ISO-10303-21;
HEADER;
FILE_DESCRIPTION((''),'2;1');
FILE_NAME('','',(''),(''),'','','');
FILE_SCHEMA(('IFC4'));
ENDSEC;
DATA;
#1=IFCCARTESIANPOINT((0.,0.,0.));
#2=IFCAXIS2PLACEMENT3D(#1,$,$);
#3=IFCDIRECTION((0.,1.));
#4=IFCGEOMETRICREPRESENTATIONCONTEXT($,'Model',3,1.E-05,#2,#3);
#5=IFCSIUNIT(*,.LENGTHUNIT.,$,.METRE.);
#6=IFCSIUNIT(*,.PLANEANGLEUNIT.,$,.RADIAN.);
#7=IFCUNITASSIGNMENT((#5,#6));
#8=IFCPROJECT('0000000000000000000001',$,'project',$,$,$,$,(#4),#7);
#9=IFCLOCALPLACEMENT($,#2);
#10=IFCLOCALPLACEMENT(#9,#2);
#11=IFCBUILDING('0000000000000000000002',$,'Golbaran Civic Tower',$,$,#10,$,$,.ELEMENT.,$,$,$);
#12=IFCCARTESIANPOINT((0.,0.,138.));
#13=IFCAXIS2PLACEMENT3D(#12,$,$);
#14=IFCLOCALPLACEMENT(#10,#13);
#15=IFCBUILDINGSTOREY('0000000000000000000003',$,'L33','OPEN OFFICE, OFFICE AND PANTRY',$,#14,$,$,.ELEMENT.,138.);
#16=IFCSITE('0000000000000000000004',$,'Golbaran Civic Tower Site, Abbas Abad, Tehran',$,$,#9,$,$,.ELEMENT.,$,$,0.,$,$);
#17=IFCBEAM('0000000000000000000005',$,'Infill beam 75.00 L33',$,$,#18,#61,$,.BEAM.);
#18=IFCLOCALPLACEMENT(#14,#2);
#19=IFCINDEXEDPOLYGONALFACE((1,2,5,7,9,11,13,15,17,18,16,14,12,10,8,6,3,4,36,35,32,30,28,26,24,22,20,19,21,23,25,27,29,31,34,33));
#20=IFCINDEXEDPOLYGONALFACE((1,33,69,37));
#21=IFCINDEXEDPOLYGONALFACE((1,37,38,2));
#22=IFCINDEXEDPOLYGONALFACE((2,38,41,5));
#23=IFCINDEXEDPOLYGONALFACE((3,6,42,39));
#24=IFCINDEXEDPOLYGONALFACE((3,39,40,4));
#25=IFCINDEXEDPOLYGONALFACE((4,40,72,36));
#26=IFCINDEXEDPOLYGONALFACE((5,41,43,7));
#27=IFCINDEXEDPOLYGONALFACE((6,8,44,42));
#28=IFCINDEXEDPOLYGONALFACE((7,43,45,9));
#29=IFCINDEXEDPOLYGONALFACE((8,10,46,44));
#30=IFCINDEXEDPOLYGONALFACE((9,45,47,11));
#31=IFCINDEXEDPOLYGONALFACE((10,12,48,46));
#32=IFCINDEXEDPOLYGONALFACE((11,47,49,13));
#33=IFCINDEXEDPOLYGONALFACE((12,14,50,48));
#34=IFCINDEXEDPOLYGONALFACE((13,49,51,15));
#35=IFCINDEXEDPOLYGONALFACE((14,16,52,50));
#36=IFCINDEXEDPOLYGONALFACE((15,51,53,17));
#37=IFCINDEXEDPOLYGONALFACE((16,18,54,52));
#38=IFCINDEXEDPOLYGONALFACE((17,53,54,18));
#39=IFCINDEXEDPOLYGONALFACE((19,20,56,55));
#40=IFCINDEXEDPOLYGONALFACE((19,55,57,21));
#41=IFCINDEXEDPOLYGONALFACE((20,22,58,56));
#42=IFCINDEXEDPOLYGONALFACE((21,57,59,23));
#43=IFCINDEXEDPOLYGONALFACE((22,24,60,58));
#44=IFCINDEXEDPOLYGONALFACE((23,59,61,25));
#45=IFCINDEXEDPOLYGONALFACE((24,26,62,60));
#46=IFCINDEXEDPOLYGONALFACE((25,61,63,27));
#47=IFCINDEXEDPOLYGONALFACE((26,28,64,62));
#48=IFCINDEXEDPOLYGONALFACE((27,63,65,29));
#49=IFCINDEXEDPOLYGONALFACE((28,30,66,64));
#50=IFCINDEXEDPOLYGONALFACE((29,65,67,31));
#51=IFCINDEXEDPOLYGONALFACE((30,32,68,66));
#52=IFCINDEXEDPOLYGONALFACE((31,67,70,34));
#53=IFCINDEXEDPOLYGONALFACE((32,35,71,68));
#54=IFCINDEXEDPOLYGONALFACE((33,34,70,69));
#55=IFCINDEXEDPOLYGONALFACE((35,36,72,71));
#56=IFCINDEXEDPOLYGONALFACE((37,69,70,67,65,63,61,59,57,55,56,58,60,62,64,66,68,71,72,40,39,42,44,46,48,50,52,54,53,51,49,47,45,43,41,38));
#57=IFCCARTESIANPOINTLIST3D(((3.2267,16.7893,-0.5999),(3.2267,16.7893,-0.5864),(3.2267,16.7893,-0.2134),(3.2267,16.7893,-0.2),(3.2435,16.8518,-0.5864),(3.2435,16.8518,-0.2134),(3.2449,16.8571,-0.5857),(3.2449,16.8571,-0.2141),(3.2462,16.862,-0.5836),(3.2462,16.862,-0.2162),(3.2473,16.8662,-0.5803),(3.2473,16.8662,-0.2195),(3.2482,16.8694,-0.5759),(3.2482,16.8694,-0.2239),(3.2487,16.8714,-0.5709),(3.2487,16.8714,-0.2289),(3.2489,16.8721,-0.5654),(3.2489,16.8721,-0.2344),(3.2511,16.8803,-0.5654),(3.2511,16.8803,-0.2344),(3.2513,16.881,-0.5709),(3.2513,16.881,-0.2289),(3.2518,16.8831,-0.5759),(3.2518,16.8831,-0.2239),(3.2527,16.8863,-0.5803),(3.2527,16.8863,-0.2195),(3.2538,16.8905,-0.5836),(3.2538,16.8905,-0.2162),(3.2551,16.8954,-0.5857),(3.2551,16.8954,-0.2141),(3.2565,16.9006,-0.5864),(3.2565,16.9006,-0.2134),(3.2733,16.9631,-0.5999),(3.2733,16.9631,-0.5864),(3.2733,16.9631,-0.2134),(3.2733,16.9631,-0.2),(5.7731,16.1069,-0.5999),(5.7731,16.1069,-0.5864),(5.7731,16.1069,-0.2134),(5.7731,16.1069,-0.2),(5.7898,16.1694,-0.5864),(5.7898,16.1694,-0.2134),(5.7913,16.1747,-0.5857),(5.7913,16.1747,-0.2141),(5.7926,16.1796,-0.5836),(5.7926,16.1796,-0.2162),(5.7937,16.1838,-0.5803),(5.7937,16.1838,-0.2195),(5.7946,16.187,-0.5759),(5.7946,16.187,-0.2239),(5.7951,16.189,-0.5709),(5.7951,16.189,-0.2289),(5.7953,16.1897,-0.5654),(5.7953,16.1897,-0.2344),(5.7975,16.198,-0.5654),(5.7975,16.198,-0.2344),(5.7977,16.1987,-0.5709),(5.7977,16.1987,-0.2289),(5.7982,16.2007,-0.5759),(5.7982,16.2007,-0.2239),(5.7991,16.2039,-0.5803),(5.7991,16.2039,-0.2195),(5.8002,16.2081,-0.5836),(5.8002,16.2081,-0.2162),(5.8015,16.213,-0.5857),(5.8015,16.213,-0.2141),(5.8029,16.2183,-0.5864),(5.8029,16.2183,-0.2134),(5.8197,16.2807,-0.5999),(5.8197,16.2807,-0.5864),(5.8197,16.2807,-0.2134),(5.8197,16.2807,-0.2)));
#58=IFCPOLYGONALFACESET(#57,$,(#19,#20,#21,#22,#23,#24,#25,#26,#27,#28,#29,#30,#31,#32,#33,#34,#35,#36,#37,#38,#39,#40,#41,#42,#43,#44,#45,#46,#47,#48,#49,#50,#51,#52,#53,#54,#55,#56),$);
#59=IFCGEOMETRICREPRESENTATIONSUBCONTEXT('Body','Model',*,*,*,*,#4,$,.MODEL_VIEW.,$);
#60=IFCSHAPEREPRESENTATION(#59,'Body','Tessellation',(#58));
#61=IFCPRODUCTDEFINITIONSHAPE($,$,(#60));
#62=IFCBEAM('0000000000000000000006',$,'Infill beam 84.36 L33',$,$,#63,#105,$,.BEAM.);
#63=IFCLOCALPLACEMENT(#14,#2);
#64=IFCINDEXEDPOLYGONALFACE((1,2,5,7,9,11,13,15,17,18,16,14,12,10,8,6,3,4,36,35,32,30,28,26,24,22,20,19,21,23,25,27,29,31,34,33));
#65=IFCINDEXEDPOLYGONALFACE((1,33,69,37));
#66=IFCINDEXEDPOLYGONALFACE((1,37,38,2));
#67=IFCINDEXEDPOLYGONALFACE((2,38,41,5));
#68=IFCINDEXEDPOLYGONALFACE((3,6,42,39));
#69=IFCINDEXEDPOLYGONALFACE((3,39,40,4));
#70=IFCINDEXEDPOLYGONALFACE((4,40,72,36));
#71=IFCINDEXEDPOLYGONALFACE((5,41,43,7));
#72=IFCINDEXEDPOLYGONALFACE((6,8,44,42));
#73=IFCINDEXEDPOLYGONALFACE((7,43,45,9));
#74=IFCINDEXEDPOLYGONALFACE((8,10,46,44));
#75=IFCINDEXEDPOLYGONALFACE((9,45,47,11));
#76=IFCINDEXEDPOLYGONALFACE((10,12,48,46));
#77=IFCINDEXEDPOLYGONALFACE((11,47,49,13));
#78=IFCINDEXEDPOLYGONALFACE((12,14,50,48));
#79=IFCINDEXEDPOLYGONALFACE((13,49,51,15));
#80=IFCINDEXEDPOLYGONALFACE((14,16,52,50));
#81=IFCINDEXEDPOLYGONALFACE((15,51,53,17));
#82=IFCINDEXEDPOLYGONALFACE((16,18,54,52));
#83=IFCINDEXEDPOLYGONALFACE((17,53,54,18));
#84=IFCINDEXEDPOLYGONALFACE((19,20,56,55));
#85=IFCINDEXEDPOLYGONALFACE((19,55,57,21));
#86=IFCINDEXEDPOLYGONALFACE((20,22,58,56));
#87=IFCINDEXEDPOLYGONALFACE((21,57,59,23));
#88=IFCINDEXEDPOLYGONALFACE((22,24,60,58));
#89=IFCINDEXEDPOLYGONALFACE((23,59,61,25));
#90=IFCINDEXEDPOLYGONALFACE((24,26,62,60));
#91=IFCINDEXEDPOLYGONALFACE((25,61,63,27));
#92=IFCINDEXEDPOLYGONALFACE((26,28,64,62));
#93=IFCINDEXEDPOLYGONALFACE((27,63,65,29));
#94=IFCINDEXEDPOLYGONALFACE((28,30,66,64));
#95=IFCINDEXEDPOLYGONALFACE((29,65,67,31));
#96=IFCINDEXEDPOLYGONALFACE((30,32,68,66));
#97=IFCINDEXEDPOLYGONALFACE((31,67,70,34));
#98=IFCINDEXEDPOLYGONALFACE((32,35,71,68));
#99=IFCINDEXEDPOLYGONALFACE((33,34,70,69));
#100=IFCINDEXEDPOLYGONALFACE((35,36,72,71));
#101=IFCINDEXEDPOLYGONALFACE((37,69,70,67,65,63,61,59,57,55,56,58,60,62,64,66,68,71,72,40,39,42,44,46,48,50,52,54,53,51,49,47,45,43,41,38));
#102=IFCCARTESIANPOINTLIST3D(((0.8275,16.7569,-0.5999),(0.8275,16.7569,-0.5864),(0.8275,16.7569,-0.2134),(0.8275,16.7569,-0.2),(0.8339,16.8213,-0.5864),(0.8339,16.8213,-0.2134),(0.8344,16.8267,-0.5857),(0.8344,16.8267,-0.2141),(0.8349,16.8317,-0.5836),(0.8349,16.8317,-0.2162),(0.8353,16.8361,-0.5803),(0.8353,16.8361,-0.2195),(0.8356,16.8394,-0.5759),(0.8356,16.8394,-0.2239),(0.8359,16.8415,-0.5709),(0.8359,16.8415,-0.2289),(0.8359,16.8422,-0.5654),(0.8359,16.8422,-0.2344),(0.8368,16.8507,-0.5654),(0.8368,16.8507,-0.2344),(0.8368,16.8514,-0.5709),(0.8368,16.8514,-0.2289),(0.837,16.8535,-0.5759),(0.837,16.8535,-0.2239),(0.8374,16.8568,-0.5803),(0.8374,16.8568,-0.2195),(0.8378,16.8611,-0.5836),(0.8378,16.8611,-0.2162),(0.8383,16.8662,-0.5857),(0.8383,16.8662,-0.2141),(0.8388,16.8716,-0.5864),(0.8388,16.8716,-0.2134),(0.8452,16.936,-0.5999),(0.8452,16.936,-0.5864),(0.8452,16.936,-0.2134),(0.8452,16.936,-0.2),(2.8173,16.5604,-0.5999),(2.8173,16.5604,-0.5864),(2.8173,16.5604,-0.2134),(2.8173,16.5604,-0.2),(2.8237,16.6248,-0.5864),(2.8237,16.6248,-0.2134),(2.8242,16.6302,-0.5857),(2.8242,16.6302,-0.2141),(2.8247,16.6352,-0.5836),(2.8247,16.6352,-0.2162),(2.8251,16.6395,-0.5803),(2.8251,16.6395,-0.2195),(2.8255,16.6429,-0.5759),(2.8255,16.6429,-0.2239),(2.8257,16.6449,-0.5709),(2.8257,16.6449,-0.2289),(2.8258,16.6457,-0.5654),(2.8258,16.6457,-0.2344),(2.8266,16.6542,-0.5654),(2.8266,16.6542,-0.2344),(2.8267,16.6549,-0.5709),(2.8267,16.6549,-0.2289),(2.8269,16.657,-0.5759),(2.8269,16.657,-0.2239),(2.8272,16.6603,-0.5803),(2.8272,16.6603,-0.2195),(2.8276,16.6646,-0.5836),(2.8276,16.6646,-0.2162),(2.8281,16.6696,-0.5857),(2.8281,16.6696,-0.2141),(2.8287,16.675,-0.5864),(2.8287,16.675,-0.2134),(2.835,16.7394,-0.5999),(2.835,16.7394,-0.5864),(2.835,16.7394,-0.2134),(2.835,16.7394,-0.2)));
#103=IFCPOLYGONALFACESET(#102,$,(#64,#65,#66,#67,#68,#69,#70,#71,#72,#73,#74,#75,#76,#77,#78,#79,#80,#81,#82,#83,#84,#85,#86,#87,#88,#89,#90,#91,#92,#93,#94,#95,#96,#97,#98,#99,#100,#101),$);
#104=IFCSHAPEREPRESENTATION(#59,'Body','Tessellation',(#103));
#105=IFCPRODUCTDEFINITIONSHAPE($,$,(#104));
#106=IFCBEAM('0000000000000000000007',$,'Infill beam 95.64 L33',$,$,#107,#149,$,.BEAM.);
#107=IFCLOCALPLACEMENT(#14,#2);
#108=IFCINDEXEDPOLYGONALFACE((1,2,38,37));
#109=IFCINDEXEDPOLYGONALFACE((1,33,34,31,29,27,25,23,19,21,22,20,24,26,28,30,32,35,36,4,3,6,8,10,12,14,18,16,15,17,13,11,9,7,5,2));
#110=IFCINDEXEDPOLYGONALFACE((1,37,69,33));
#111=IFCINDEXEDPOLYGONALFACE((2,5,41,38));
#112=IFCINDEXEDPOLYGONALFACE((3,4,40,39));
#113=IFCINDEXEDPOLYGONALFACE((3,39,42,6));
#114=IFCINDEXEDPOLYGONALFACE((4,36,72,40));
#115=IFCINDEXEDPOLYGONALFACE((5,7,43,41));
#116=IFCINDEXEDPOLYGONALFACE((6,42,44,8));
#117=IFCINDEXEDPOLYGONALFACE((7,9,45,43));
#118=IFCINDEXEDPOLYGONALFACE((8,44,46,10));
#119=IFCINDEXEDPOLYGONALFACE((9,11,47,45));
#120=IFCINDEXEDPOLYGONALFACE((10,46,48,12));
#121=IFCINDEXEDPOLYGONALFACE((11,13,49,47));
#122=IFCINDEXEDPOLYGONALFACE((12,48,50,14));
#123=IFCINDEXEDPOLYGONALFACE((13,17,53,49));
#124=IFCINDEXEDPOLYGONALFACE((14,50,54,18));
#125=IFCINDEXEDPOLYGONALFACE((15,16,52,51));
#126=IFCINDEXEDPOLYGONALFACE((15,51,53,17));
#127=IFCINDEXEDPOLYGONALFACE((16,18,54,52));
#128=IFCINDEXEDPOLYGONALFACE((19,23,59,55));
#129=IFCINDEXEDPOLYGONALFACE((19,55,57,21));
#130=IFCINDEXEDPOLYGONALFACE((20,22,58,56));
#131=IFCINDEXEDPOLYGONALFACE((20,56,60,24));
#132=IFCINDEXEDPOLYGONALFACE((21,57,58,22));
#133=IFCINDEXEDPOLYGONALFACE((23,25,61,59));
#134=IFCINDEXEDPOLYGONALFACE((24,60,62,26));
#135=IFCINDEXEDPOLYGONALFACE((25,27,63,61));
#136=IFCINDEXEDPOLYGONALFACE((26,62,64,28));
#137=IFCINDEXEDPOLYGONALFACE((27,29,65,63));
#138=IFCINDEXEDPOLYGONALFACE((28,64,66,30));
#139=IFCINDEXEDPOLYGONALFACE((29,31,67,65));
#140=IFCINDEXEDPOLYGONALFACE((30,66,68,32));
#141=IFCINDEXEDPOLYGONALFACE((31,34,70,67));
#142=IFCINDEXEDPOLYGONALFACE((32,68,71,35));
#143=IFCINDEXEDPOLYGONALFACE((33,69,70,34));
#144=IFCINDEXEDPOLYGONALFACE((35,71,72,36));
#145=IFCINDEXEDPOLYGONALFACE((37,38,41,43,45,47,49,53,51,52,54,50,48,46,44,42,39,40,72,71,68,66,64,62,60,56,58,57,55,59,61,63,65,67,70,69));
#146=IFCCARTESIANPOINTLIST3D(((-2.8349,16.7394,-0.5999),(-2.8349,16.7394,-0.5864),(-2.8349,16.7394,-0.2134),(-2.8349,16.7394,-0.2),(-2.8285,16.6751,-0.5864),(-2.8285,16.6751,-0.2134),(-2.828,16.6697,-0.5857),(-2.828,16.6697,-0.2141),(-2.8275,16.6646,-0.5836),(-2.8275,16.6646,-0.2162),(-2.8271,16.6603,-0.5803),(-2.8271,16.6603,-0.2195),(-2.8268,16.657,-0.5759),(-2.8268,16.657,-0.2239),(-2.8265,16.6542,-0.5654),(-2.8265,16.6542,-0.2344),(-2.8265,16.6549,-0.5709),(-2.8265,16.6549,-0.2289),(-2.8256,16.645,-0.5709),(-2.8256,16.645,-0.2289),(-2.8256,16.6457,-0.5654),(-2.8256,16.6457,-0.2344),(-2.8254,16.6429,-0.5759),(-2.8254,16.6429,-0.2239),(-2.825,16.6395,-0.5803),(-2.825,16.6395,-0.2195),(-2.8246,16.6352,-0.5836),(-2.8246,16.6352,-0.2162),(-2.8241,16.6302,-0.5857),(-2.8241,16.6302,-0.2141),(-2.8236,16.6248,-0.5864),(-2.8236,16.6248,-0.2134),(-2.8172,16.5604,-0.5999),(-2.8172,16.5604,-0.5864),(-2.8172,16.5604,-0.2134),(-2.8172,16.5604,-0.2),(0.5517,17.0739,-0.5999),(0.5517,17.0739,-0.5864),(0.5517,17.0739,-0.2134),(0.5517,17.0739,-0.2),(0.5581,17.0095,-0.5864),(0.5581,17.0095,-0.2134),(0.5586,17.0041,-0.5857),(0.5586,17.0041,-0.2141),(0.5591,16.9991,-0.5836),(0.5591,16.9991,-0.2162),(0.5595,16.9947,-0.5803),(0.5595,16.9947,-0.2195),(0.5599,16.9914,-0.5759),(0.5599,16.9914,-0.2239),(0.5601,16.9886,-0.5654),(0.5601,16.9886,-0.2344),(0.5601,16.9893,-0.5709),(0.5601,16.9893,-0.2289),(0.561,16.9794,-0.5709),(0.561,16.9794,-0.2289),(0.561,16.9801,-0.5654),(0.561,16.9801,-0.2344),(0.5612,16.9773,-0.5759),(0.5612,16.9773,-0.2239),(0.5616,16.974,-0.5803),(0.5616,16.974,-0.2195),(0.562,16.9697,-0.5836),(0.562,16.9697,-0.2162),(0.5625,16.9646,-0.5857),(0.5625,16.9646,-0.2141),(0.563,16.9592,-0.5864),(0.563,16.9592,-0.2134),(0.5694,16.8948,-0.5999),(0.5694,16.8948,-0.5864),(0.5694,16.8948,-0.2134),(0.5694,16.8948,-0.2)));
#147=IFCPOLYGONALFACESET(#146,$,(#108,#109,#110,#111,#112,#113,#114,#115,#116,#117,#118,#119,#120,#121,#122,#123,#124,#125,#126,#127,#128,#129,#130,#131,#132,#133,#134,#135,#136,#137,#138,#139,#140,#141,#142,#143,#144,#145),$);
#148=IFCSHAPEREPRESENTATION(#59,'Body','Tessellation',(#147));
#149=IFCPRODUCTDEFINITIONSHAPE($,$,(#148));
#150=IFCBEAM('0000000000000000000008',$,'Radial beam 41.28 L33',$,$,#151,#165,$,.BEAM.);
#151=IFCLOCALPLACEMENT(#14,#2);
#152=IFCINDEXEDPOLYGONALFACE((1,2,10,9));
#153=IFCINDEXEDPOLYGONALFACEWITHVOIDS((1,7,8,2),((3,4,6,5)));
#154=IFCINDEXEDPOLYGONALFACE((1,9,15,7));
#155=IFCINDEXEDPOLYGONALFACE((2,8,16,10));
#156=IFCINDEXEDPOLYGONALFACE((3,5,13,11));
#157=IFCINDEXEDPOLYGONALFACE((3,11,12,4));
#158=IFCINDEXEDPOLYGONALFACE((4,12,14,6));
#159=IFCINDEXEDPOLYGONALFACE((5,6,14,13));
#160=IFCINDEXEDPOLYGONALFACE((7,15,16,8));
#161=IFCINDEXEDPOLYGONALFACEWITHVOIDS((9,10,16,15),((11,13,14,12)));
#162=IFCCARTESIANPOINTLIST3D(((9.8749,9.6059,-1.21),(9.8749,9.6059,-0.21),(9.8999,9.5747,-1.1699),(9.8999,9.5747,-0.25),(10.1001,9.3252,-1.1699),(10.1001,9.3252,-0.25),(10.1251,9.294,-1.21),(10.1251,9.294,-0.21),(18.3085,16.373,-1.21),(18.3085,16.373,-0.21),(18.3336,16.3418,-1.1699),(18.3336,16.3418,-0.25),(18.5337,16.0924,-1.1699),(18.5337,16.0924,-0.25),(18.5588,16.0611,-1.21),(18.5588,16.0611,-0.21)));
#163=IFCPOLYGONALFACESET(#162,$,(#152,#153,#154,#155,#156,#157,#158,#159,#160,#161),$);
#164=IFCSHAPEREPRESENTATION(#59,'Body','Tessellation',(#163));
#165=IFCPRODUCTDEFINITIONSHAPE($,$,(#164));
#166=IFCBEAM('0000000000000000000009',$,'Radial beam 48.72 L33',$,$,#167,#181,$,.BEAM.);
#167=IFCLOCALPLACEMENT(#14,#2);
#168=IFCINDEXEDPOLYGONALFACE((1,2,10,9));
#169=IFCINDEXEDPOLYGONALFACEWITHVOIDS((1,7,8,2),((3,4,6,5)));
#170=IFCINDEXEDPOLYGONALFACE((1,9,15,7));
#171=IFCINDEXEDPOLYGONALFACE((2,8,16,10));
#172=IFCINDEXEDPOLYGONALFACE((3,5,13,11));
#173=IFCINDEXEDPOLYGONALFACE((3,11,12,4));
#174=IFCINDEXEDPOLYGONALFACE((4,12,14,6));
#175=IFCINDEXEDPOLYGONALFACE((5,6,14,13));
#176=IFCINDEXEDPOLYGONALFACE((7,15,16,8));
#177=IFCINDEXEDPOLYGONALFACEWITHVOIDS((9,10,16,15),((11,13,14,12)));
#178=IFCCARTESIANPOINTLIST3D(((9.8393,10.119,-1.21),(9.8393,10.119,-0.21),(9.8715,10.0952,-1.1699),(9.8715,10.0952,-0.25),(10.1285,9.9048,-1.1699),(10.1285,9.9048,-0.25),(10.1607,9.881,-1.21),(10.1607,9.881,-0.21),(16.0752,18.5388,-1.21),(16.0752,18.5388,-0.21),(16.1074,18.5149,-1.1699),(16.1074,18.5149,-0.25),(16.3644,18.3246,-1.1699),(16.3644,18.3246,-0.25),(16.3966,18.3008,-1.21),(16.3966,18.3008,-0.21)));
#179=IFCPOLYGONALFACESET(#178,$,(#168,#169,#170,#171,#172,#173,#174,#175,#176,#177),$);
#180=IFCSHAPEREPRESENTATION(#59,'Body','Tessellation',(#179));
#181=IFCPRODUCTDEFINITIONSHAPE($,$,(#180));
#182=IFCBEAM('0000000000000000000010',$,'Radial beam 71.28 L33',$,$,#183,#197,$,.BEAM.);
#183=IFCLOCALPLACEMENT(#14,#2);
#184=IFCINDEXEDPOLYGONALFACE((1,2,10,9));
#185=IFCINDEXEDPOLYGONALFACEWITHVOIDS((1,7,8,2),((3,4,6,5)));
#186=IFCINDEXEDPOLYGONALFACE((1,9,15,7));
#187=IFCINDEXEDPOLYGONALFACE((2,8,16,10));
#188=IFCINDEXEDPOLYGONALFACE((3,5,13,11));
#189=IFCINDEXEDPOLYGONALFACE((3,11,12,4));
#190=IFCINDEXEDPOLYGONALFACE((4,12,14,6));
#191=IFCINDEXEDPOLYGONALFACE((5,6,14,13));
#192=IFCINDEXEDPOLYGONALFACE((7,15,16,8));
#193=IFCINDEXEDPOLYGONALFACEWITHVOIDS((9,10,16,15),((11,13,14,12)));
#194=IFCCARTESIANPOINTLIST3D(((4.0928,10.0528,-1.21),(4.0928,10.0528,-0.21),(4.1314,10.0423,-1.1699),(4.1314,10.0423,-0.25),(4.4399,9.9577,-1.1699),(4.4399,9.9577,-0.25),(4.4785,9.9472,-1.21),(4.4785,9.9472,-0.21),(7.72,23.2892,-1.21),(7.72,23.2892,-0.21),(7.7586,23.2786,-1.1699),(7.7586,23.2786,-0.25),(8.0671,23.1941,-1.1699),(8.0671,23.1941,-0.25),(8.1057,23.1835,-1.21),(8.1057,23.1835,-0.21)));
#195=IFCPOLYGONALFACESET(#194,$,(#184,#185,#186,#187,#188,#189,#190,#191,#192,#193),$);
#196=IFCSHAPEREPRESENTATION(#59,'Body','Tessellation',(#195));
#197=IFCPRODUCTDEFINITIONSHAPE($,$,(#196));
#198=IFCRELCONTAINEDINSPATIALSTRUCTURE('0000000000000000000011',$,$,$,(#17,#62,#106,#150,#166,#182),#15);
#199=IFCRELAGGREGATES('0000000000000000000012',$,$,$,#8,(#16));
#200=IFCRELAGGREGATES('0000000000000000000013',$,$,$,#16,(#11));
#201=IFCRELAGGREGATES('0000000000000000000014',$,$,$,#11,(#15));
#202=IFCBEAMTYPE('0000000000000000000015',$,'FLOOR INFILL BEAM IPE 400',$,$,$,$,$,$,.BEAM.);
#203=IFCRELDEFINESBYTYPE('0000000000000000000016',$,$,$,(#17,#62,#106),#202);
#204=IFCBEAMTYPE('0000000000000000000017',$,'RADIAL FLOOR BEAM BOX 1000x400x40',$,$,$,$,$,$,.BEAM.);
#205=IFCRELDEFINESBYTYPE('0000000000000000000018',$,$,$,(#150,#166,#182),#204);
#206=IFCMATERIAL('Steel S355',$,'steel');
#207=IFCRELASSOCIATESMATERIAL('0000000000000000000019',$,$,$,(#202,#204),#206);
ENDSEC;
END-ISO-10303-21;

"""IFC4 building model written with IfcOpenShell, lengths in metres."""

from ifc_helpers import new_model, si_unit, direction, frame, origin, origin_2d, place, context, subcontext, project, spatial, hollow_rectangle, i_section, extrude, material, material_profile, profile_set, type_object, element, save


model = new_model("IFC4")

# Units and contexts
model_context = context("Model", 3, precision=1e-05, world=origin(), true_north=direction((0.0, 1.0)))
body_context = subcontext(model_context, "Body", "Model", "MODEL_VIEW")
ifc_project = project(units=[si_unit("LENGTHUNIT", "METRE"), si_unit("PLANEANGLEUNIT", "RADIAN")], contexts=[model_context])

# Site, building, storey
site_placement = place(None, origin())
site = spatial("IfcSite", under=ifc_project, at=site_placement, Name="Golbaran Civic Tower Site, Abbas Abad, Tehran", CompositionType="ELEMENT", RefElevation=0.0)
building_placement = place(site_placement, origin())
building = spatial("IfcBuilding", under=site, at=building_placement, Name="Golbaran Civic Tower", CompositionType="ELEMENT")
storey_placement = place(building_placement, frame((0.0, 0.0, 138.0)))
storey = spatial("IfcBuildingStorey", under=building, at=storey_placement, Name="L33", Description="OPEN OFFICE, OFFICE AND PANTRY", CompositionType="ELEMENT", Elevation=138.0)

# Beams
ifc_material_1 = material(Name="Steel S355", Category="steel")
ifc_material_profile_1 = material_profile(ifc_material_1, i_section(OverallWidth=0.1799, OverallDepth=0.3999, WebThickness=0.0085, FlangeThickness=0.0134, FilletRadius=0.021, at=origin_2d()), Name="IPE 400")
ifc_profile_set_1 = profile_set([ifc_material_profile_1], Name="Steel S355")
beam_type_1 = type_object("IfcBeamType", Name="FLOOR INFILL BEAM IPE 400", PredefinedType="BEAM", material=ifc_profile_set_1)
beam_1_placement = place(storey_placement, frame((5.7964, 16.1938, -0.3999), z_axis=(-0.965919, 0.258844, 0.0), x_axis=(-0.258844, -0.965919, 0.0)))
element("IfcBeam", 1, at=beam_1_placement, inside=storey, type_object=beam_type_1, Name="Infill beam 75.00 L33", PredefinedType="BEAM", context=body_context, shape_type="SweptSolid", body=[
    extrude(i_section(OverallWidth=0.1799, OverallDepth=0.3999, WebThickness=0.0085, FlangeThickness=0.0134, FilletRadius=0.021, at=origin_2d()), origin(), (0.0, 0.0, 1.0), 2.6362),
])
beam_2_placement = place(storey_placement, frame((2.8262, 16.6499, -0.3999), z_axis=(-0.995157, 0.098295, 0.0), x_axis=(-0.098295, -0.995157, 0.0)))
element("IfcBeam", 2, at=beam_2_placement, inside=storey, type_object=beam_type_1, Name="Infill beam 84.36 L33", PredefinedType="BEAM", context=body_context, shape_type="SweptSolid", body=[
    extrude(i_section(OverallWidth=0.1799, OverallDepth=0.3999, WebThickness=0.0085, FlangeThickness=0.0134, FilletRadius=0.021, at=origin_2d()), origin(), (0.0, 0.0, 1.0), 1.9995),
])
beam_3_placement = place(storey_placement, frame((0.5605, 16.9844, -0.3999), z_axis=(-0.995159, -0.098282, 0.0), x_axis=(0.098282, -0.995159, 0.0)))
element("IfcBeam", 3, at=beam_3_placement, inside=storey, type_object=beam_type_1, Name="Infill beam 95.64 L33", PredefinedType="BEAM", context=body_context, shape_type="SweptSolid", body=[
    extrude(i_section(OverallWidth=0.1799, OverallDepth=0.3999, WebThickness=0.0085, FlangeThickness=0.0134, FilletRadius=0.021, at=origin_2d()), origin(), (0.0, 0.0, 1.0), 3.4031),
])
ifc_material_profile_2 = material_profile(ifc_material_1, hollow_rectangle(XDim=0.3999, YDim=1.0, WallThickness=0.04, at=origin_2d()), Name="BOX 1000x400x40")
ifc_profile_set_2 = profile_set([ifc_material_profile_2], Name="Steel S355")
beam_type_2 = type_object("IfcBeamType", Name="RADIAL FLOOR BEAM BOX 1000x400x40", PredefinedType="BEAM", material=ifc_profile_set_2)
beam_4_placement = place(storey_placement, frame((10.0, 9.45, -0.71), z_axis=(0.779956, 0.625834, 0.0), x_axis=(-0.625834, 0.779956, 0.0)))
element("IfcBeam", 4, at=beam_4_placement, inside=storey, type_object=beam_type_2, Name="Radial beam 41.28 L33", PredefinedType="BEAM", context=body_context, shape_type="SweptSolid", body=[
    extrude(hollow_rectangle(XDim=0.3999, YDim=1.0, WallThickness=0.04, at=origin_2d()), origin(), (0.0, 0.0, 1.0), 10.813),
])
beam_5_placement = place(storey_placement, frame((10.0, 10.0, -0.71), z_axis=(0.595168, 0.803601, 0.0), x_axis=(-0.803601, 0.595168, 0.0)))
element("IfcBeam", 5, at=beam_5_placement, inside=storey, type_object=beam_type_2, Name="Radial beam 48.72 L33", PredefinedType="BEAM", context=body_context, shape_type="SweptSolid", body=[
    extrude(hollow_rectangle(XDim=0.3999, YDim=1.0, WallThickness=0.04, at=origin_2d()), origin(), (0.0, 0.0, 1.0), 10.4775),
])
beam_6_placement = place(storey_placement, frame((4.2856, 10.0, -0.71), z_axis=(0.26429, 0.964443, 0.0), x_axis=(-0.964443, 0.26429, 0.0)))
element("IfcBeam", 6, at=beam_6_placement, inside=storey, type_object=beam_type_2, Name="Radial beam 71.28 L33", PredefinedType="BEAM", context=body_context, shape_type="SweptSolid", body=[
    extrude(hollow_rectangle(XDim=0.3999, YDim=1.0, WallThickness=0.04, at=origin_2d()), origin(), (0.0, 0.0, 1.0), 13.7244),
])

save(model, "model.ifc")
